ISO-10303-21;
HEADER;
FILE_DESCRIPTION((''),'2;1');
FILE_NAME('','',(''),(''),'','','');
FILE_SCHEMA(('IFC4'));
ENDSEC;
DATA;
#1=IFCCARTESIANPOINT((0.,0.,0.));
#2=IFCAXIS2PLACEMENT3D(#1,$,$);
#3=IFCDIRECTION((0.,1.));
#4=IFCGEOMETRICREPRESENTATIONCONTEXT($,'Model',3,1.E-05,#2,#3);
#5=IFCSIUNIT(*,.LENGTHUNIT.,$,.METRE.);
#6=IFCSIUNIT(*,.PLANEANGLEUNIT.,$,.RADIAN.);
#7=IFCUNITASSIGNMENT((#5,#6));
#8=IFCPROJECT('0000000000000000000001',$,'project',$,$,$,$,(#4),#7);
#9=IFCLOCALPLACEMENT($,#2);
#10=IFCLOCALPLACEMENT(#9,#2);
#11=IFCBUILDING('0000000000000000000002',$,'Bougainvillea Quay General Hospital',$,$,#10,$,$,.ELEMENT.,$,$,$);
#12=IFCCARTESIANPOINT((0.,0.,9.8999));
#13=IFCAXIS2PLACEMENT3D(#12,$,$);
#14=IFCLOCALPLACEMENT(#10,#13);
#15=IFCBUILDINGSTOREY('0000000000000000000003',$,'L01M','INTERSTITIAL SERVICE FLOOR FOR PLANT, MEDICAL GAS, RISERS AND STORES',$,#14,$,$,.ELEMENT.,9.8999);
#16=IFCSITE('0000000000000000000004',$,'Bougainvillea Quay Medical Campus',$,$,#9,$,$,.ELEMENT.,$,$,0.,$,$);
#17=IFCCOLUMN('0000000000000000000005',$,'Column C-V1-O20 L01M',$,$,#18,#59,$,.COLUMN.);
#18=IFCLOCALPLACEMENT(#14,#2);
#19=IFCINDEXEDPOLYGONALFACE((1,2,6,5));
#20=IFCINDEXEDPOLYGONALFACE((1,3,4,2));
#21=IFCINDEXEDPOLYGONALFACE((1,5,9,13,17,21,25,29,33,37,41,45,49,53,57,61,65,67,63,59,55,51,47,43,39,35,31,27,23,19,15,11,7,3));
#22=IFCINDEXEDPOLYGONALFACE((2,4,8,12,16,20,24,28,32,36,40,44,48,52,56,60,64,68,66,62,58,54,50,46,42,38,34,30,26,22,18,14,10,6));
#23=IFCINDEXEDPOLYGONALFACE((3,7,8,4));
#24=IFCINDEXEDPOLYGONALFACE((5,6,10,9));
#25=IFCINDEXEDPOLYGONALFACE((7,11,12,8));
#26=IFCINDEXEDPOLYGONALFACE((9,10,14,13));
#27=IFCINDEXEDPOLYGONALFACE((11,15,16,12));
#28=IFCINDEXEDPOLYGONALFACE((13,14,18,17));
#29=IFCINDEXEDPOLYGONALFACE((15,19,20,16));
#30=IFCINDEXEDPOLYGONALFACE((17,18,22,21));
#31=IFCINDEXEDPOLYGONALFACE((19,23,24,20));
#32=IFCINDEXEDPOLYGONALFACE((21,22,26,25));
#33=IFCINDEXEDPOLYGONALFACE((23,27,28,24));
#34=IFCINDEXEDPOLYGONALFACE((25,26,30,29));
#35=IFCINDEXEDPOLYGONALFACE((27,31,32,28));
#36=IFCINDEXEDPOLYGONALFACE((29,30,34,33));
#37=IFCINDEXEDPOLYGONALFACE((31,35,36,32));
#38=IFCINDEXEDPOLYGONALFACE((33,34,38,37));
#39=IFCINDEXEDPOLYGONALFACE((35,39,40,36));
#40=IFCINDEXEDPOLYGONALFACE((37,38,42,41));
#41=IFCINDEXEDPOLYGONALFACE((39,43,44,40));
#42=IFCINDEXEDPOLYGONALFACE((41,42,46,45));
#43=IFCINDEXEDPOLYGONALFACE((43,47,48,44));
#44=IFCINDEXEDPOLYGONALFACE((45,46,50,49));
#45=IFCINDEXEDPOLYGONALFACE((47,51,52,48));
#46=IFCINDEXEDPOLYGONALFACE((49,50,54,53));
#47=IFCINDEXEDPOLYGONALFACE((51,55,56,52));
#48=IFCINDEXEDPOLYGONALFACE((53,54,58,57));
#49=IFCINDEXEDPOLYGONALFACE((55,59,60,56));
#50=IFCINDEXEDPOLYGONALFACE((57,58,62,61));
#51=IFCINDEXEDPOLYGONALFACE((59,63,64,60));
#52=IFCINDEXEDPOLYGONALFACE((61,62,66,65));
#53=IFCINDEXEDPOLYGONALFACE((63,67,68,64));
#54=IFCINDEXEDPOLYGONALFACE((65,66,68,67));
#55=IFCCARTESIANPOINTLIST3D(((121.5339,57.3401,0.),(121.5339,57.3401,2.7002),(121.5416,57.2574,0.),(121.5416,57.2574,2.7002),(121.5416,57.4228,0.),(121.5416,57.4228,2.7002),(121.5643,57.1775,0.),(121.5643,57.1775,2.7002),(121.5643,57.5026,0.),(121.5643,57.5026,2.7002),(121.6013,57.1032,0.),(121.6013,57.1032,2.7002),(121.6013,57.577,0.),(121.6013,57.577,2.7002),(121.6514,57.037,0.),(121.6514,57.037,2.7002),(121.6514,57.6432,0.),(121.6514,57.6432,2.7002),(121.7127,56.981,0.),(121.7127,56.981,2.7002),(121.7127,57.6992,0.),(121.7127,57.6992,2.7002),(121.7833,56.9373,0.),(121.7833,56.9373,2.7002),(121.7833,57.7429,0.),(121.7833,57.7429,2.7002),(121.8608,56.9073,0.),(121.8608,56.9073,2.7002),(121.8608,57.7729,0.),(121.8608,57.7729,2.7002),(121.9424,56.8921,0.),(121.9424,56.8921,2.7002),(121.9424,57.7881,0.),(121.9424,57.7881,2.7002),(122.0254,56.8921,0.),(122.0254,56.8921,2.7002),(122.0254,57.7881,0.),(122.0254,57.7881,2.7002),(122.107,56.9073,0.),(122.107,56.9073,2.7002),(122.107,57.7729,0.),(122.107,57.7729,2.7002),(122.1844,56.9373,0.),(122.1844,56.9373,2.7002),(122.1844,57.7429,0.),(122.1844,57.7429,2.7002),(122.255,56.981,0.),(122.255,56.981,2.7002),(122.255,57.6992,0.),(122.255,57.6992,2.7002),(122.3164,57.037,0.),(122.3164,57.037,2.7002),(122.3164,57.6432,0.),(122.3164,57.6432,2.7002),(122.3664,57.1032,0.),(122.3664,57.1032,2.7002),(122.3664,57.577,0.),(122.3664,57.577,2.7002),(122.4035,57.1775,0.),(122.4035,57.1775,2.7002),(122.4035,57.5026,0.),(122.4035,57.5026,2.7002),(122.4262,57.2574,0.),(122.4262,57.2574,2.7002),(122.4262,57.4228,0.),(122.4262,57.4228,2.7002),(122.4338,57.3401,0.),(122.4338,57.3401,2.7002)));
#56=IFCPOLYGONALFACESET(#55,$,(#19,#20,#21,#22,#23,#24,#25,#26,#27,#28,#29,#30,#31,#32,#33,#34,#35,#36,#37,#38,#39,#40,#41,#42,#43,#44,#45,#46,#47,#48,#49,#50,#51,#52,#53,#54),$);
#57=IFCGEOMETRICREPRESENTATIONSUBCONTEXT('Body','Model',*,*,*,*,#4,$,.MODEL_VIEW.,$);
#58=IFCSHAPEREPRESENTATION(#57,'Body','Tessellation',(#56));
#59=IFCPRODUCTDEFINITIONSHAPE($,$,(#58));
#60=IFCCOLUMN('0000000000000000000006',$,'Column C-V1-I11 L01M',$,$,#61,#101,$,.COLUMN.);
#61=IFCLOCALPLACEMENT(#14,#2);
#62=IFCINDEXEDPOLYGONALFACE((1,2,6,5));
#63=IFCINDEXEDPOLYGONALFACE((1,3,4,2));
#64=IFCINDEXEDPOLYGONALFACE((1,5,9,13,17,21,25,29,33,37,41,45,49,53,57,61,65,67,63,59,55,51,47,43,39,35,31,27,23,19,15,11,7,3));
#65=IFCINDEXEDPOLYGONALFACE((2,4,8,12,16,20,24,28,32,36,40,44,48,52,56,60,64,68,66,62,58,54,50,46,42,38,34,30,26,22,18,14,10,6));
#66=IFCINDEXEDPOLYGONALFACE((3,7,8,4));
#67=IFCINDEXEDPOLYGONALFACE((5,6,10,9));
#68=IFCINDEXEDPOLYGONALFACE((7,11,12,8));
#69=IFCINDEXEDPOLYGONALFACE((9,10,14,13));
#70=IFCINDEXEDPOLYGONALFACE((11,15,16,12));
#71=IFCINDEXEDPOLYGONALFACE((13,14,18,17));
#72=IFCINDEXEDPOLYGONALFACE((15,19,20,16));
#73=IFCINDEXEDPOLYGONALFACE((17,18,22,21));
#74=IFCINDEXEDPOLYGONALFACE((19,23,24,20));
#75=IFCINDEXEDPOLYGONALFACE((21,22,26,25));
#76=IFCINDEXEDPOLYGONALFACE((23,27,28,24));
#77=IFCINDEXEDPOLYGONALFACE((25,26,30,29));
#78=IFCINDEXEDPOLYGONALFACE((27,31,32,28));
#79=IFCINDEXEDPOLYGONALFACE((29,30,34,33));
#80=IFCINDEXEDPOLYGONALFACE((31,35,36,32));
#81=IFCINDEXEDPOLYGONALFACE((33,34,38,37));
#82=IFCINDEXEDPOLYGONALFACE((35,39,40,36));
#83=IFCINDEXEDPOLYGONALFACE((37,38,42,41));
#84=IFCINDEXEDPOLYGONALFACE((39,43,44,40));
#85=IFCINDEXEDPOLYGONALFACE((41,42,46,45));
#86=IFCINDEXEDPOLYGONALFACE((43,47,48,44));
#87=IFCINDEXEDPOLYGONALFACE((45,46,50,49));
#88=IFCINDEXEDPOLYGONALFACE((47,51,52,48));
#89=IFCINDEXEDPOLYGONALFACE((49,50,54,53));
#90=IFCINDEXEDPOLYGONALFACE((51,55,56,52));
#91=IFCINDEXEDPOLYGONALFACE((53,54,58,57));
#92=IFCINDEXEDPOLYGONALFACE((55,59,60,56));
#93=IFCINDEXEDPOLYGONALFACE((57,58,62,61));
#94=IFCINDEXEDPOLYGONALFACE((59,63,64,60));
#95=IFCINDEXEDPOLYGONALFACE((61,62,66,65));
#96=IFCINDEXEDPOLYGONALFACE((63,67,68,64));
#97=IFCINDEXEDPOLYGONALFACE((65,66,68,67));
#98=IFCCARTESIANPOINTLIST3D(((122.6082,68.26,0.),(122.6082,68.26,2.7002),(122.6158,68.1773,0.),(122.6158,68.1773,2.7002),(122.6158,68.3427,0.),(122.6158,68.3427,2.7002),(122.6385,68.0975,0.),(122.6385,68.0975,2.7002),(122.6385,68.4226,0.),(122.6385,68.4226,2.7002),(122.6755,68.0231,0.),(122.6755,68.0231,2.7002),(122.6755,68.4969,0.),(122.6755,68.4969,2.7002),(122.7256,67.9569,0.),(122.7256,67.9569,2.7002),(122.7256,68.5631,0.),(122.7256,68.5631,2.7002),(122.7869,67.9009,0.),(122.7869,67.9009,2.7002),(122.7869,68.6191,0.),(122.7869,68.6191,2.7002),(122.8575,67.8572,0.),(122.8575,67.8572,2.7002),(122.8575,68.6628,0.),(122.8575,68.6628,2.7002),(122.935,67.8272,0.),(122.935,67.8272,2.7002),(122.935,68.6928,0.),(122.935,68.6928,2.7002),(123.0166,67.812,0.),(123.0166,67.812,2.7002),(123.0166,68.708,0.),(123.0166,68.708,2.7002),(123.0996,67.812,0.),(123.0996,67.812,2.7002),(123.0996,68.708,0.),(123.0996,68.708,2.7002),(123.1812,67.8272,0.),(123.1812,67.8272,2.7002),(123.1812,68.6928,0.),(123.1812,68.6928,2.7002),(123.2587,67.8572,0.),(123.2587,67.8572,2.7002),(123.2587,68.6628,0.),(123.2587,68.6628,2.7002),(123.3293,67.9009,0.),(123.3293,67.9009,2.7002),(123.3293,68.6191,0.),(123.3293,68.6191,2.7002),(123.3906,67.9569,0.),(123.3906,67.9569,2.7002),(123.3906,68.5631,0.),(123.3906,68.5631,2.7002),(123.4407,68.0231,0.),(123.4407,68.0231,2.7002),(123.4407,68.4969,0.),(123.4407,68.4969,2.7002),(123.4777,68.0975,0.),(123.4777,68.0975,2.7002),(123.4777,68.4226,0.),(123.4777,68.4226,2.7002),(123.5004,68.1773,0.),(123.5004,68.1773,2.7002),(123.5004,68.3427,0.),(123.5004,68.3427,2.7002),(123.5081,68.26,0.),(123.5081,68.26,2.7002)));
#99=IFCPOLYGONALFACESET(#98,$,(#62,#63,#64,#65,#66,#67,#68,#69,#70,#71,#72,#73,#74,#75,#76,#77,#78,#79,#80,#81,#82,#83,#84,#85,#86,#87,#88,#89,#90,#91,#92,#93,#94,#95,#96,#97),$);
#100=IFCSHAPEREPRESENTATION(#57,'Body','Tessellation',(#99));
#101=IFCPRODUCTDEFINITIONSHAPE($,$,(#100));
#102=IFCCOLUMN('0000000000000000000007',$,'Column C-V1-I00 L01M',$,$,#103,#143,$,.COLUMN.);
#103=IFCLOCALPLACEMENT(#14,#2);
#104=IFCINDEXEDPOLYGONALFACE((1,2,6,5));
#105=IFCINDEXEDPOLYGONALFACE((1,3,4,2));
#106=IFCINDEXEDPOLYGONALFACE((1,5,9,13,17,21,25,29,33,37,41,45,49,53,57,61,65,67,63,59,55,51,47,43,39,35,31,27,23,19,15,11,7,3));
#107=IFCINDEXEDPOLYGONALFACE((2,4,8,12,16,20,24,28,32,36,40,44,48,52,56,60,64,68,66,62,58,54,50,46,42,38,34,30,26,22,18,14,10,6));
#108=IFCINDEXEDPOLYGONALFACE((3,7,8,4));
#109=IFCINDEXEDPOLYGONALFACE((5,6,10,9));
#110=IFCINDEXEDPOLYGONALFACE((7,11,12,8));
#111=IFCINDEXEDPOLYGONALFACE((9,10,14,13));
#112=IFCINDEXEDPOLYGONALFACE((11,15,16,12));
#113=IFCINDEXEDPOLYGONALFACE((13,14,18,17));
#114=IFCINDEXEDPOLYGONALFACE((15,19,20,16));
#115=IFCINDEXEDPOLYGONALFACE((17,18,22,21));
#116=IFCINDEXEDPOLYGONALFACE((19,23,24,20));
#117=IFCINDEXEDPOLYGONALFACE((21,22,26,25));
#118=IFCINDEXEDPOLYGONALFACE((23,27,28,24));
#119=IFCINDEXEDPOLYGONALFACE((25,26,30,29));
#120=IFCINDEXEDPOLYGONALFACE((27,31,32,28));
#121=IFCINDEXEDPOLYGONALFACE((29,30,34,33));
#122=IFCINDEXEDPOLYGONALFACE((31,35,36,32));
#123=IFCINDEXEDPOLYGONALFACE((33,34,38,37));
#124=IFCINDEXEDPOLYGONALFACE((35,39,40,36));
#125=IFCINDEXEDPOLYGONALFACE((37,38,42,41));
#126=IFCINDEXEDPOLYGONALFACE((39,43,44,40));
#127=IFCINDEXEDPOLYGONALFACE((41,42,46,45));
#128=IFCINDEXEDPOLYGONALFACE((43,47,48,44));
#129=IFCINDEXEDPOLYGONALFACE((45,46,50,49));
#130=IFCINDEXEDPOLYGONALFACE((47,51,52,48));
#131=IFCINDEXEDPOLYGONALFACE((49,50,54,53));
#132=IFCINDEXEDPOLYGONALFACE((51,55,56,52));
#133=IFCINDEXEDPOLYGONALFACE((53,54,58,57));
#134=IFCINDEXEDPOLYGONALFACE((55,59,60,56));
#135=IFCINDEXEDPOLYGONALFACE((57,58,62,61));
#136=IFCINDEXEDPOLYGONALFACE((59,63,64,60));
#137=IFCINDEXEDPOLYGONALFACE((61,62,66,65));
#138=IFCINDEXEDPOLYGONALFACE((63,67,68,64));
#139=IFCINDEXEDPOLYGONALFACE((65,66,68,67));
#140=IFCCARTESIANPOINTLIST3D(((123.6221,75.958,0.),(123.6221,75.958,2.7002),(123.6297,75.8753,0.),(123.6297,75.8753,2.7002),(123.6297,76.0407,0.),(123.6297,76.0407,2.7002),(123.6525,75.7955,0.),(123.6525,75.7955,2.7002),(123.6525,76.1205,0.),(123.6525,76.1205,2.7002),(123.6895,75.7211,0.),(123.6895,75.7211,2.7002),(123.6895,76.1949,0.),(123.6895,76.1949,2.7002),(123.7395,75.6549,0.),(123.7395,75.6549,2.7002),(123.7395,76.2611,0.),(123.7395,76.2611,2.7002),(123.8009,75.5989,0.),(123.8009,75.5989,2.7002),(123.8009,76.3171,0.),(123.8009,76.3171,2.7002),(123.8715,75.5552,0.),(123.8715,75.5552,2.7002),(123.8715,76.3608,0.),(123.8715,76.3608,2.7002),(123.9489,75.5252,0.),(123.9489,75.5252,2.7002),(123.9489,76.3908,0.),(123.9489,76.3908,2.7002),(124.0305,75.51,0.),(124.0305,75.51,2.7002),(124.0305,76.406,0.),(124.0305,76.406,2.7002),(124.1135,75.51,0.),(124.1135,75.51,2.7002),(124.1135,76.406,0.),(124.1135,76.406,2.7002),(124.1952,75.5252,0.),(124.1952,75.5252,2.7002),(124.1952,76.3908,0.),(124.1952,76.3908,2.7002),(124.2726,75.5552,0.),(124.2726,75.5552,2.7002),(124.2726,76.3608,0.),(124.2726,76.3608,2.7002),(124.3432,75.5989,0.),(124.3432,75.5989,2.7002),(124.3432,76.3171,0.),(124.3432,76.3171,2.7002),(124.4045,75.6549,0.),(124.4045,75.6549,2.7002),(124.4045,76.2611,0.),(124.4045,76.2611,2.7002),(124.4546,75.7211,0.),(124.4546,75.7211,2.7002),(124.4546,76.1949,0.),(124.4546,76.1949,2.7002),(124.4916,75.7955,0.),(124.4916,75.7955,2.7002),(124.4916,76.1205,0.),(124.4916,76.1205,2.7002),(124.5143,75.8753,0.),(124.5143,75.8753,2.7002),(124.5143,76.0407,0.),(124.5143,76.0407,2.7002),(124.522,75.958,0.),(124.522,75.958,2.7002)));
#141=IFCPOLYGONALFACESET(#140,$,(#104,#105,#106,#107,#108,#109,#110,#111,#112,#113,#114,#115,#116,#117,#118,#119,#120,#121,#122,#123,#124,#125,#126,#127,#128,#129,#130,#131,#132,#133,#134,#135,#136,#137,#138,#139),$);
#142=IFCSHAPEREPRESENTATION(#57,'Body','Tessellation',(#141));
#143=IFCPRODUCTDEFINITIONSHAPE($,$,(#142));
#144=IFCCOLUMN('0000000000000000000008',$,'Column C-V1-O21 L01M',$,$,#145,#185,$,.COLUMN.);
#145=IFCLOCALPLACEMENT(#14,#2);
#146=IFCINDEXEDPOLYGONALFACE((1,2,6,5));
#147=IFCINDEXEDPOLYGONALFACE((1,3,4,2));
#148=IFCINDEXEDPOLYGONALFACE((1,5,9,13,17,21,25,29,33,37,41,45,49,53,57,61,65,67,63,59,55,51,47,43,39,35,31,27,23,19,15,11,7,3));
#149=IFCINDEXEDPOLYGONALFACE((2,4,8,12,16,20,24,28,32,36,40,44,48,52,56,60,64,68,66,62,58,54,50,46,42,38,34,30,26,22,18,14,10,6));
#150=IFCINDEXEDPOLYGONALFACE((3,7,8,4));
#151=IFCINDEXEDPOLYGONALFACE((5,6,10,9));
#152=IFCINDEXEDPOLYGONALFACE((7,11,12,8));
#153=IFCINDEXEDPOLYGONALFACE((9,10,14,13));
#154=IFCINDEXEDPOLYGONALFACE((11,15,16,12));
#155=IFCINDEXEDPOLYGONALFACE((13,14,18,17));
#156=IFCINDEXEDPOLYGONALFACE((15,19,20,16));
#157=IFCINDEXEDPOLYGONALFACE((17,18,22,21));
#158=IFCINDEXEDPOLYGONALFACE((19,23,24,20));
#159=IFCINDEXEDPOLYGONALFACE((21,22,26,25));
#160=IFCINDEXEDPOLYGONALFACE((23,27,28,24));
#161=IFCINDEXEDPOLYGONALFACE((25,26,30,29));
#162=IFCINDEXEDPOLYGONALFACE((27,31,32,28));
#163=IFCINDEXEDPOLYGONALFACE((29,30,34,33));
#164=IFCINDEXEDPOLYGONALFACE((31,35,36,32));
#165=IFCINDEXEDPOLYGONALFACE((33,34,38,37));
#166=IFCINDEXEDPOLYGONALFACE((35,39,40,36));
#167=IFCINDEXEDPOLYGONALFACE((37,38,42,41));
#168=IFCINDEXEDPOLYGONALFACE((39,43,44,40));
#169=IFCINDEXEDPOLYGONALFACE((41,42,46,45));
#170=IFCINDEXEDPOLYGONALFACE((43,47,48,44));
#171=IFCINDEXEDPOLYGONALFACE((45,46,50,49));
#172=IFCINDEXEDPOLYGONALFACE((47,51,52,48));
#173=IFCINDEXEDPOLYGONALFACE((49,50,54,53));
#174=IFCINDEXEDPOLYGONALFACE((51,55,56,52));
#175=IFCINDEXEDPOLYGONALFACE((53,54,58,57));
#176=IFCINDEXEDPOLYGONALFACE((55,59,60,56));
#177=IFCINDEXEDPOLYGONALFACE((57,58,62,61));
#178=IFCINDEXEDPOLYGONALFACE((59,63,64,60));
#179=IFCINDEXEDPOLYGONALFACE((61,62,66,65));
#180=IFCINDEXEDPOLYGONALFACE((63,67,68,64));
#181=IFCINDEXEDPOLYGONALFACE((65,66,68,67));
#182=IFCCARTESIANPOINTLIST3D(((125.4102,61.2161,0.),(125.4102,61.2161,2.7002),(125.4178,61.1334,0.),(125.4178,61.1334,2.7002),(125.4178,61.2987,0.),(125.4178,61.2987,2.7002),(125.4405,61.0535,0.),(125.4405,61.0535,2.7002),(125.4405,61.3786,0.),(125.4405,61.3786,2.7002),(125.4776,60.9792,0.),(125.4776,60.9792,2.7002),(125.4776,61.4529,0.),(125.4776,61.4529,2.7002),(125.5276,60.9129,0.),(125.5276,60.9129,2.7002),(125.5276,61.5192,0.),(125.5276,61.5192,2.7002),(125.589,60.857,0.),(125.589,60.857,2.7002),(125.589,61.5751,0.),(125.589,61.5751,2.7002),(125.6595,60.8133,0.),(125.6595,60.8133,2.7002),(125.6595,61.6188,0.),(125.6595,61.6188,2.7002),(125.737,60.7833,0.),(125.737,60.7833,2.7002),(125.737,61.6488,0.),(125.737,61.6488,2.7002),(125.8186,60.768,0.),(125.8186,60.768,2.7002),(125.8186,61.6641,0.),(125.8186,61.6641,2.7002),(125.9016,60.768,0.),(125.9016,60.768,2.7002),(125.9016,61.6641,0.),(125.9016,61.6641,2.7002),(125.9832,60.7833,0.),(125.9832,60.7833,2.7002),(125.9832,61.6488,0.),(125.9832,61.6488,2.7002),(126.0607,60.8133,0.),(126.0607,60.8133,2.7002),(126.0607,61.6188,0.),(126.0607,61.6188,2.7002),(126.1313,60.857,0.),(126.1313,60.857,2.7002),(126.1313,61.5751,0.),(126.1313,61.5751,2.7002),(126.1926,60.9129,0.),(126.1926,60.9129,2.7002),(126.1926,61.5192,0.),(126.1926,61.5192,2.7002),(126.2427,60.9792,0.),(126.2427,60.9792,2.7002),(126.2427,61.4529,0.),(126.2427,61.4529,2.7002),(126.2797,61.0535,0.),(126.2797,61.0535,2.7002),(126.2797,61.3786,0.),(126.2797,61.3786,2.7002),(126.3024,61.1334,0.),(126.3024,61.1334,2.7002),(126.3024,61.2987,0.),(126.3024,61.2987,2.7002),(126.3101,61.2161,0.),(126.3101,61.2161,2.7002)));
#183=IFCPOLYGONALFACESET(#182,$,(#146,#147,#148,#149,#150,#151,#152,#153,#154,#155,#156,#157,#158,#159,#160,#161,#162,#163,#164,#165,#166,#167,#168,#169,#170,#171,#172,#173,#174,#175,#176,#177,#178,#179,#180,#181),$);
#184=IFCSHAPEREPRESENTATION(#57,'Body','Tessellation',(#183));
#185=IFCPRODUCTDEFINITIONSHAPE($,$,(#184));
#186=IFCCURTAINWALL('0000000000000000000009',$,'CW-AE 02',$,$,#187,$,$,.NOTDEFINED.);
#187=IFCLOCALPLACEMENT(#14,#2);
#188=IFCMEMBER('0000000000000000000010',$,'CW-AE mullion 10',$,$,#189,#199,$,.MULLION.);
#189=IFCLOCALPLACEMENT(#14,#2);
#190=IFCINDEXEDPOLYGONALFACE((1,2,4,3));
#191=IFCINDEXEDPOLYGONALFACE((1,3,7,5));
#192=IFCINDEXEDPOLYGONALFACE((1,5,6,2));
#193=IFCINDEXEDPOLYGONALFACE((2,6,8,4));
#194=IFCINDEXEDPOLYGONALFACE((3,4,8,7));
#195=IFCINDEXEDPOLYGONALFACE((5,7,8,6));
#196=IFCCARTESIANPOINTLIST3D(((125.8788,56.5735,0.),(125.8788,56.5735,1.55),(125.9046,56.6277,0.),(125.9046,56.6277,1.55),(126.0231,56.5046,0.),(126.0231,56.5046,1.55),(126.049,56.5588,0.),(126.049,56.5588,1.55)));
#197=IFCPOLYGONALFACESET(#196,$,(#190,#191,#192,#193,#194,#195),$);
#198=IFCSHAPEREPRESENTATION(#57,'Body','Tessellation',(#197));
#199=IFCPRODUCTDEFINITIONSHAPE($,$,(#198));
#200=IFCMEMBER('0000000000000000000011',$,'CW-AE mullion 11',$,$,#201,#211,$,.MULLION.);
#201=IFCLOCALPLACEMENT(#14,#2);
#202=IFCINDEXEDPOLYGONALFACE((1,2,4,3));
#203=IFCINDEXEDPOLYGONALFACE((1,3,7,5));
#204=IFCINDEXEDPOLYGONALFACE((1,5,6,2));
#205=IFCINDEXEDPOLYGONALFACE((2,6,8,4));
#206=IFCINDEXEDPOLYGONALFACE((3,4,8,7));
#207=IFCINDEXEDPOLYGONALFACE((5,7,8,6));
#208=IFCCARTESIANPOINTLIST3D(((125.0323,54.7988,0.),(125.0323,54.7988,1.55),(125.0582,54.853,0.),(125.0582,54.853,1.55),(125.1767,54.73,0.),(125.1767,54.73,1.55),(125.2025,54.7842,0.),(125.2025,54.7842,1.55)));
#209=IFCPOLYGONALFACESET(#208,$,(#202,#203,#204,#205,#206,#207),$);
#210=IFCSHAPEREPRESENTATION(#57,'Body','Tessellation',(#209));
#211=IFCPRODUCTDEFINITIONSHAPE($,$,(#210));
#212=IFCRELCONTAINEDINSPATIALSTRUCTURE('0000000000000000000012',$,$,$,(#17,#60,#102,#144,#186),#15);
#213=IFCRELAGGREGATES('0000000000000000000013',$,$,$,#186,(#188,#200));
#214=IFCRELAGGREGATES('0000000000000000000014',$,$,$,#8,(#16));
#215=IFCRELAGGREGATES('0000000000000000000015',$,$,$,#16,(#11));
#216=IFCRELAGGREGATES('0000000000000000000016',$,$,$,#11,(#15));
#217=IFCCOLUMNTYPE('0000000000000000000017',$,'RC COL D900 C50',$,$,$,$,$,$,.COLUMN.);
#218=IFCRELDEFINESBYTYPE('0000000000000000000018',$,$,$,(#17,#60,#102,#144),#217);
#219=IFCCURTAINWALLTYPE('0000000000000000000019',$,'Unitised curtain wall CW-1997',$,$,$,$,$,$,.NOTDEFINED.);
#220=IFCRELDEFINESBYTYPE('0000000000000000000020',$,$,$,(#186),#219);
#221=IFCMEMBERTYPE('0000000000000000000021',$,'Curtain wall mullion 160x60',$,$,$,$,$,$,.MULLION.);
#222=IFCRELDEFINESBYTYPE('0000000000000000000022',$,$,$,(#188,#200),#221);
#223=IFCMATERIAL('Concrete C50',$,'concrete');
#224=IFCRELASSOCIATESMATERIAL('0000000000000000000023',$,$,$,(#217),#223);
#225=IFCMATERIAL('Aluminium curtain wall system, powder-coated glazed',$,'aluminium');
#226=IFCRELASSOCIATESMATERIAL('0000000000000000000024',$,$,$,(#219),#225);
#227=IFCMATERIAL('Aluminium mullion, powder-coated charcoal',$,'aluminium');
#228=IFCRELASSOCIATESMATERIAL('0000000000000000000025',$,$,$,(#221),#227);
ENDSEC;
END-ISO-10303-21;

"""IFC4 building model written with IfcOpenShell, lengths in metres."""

from ifc_helpers import new_model, si_unit, direction, frame, origin, origin_2d, place, context, subcontext, project, spatial, rectangle, circle, extrude, material, material_profile, profile_set, type_object, element, aggregate, save


model = new_model("IFC4")

# Units and contexts
model_context = context("Model", 3, precision=1e-05, world=origin(), true_north=direction((0.0, 1.0)))
body_context = subcontext(model_context, "Body", "Model", "MODEL_VIEW")
ifc_project = project(units=[si_unit("LENGTHUNIT", "METRE"), si_unit("PLANEANGLEUNIT", "RADIAN")], contexts=[model_context])

# Site, building, storey
site_placement = place(None, origin())
site = spatial("IfcSite", under=ifc_project, at=site_placement, Name="Bougainvillea Quay Medical Campus", CompositionType="ELEMENT", RefElevation=0.0)
building_placement = place(site_placement, origin())
building = spatial("IfcBuilding", under=site, at=building_placement, Name="Bougainvillea Quay General Hospital", CompositionType="ELEMENT")
storey_placement = place(building_placement, frame((0.0, 0.0, 9.8999)))
storey = spatial("IfcBuildingStorey", under=building, at=storey_placement, Name="L01M", Description="INTERSTITIAL SERVICE FLOOR FOR PLANT, MEDICAL GAS, RISERS AND STORES", CompositionType="ELEMENT", Elevation=9.8999)

# Columns
ifc_material_1 = material(Name="Concrete C50", Category="concrete")
ifc_material_profile_1 = material_profile(ifc_material_1, circle(Radius=0.45, at=origin_2d()))
ifc_profile_set_1 = profile_set([ifc_material_profile_1], Name="Concrete C50")
column_type_1 = type_object("IfcColumnType", Name="RC COL D900 C50", PredefinedType="COLUMN", material=ifc_profile_set_1)
for number, where, z_axis, x_axis, name in (
    (1, (121.9839, 57.3401, 0.0), (0.0, 0.0, 1.0), (1.0, 0.0, 0.0), "Column C-V1-O20 L01M"),
    (2, (123.0581, 68.26, 0.0), (0.0, 0.0, 1.0), (1.0, 0.0, 0.0), "Column C-V1-I11 L01M"),
    (3, (124.072, 75.958, 0.0), (0.0, 0.0, 1.0), (1.0, 0.0, 0.0), "Column C-V1-I00 L01M"),
    (4, (125.8601, 61.2161, 0.0), (0.0, 0.0, 1.0), (1.0, 0.0, 0.0), "Column C-V1-O21 L01M"),
):
    element("IfcColumn", number, at=place(storey_placement, frame(where, z_axis=z_axis, x_axis=x_axis)), inside=storey, type_object=column_type_1, Name=name, PredefinedType="COLUMN", context=body_context, shape_type="SweptSolid", body=[
        extrude(circle(Radius=0.45, at=origin_2d()), origin(), (0.0, 0.0, 1.0), 2.7002),
    ])

# Curtain wall, members
ifc_material_2 = material(Name="Aluminium curtain wall system, powder-coated glazed", Category="aluminium")
curtain_wall_type_1 = type_object("IfcCurtainWallType", Name="Unitised curtain wall CW-1997", PredefinedType="NOTDEFINED", material=ifc_material_2)
curtain_wall_1_placement = place(storey_placement, origin())
curtain_wall_1 = element("IfcCurtainWall", 5, at=curtain_wall_1_placement, inside=storey, type_object=curtain_wall_type_1, Name="CW-AE 02", PredefinedType="NOTDEFINED")
ifc_material_3 = material(Name="Aluminium mullion, powder-coated charcoal", Category="aluminium")
ifc_material_profile_2 = material_profile(ifc_material_3, rectangle(XDim=0.1599, YDim=0.0601, at=origin_2d()))
ifc_profile_set_2 = profile_set([ifc_material_profile_2], Name="Aluminium mullion, powder-coated charcoal")
member_type_1 = type_object("IfcMemberType", Name="Curtain wall mullion 160x60", PredefinedType="MULLION", material=ifc_profile_set_2)
member_1_placement = place(storey_placement, frame((125.9639, 56.5662, 0.0), z_axis=(0.0, 0.0, 1.0), x_axis=(0.902578, -0.430525, 0.0)))
member_1 = element("IfcMember", 6, at=member_1_placement, type_object=member_type_1, Name="CW-AE mullion 10", PredefinedType="MULLION", context=body_context, shape_type="SweptSolid", body=[
    extrude(rectangle(XDim=0.1599, YDim=0.0601, at=origin_2d()), origin(), (0.0, 0.0, 1.0), 1.55),
])
member_2_placement = place(storey_placement, frame((125.1174, 54.7915, 0.0), z_axis=(0.0, 0.0, 1.0), x_axis=(0.902578, -0.430525, 0.0)))
member_2 = element("IfcMember", 7, at=member_2_placement, type_object=member_type_1, Name="CW-AE mullion 11", PredefinedType="MULLION", context=body_context, shape_type="SweptSolid", body=[
    extrude(rectangle(XDim=0.1599, YDim=0.0601, at=origin_2d()), origin(), (0.0, 0.0, 1.0), 1.55),
])

aggregate(curtain_wall_1, [member_1, member_2])

save(model, "model.ifc")
